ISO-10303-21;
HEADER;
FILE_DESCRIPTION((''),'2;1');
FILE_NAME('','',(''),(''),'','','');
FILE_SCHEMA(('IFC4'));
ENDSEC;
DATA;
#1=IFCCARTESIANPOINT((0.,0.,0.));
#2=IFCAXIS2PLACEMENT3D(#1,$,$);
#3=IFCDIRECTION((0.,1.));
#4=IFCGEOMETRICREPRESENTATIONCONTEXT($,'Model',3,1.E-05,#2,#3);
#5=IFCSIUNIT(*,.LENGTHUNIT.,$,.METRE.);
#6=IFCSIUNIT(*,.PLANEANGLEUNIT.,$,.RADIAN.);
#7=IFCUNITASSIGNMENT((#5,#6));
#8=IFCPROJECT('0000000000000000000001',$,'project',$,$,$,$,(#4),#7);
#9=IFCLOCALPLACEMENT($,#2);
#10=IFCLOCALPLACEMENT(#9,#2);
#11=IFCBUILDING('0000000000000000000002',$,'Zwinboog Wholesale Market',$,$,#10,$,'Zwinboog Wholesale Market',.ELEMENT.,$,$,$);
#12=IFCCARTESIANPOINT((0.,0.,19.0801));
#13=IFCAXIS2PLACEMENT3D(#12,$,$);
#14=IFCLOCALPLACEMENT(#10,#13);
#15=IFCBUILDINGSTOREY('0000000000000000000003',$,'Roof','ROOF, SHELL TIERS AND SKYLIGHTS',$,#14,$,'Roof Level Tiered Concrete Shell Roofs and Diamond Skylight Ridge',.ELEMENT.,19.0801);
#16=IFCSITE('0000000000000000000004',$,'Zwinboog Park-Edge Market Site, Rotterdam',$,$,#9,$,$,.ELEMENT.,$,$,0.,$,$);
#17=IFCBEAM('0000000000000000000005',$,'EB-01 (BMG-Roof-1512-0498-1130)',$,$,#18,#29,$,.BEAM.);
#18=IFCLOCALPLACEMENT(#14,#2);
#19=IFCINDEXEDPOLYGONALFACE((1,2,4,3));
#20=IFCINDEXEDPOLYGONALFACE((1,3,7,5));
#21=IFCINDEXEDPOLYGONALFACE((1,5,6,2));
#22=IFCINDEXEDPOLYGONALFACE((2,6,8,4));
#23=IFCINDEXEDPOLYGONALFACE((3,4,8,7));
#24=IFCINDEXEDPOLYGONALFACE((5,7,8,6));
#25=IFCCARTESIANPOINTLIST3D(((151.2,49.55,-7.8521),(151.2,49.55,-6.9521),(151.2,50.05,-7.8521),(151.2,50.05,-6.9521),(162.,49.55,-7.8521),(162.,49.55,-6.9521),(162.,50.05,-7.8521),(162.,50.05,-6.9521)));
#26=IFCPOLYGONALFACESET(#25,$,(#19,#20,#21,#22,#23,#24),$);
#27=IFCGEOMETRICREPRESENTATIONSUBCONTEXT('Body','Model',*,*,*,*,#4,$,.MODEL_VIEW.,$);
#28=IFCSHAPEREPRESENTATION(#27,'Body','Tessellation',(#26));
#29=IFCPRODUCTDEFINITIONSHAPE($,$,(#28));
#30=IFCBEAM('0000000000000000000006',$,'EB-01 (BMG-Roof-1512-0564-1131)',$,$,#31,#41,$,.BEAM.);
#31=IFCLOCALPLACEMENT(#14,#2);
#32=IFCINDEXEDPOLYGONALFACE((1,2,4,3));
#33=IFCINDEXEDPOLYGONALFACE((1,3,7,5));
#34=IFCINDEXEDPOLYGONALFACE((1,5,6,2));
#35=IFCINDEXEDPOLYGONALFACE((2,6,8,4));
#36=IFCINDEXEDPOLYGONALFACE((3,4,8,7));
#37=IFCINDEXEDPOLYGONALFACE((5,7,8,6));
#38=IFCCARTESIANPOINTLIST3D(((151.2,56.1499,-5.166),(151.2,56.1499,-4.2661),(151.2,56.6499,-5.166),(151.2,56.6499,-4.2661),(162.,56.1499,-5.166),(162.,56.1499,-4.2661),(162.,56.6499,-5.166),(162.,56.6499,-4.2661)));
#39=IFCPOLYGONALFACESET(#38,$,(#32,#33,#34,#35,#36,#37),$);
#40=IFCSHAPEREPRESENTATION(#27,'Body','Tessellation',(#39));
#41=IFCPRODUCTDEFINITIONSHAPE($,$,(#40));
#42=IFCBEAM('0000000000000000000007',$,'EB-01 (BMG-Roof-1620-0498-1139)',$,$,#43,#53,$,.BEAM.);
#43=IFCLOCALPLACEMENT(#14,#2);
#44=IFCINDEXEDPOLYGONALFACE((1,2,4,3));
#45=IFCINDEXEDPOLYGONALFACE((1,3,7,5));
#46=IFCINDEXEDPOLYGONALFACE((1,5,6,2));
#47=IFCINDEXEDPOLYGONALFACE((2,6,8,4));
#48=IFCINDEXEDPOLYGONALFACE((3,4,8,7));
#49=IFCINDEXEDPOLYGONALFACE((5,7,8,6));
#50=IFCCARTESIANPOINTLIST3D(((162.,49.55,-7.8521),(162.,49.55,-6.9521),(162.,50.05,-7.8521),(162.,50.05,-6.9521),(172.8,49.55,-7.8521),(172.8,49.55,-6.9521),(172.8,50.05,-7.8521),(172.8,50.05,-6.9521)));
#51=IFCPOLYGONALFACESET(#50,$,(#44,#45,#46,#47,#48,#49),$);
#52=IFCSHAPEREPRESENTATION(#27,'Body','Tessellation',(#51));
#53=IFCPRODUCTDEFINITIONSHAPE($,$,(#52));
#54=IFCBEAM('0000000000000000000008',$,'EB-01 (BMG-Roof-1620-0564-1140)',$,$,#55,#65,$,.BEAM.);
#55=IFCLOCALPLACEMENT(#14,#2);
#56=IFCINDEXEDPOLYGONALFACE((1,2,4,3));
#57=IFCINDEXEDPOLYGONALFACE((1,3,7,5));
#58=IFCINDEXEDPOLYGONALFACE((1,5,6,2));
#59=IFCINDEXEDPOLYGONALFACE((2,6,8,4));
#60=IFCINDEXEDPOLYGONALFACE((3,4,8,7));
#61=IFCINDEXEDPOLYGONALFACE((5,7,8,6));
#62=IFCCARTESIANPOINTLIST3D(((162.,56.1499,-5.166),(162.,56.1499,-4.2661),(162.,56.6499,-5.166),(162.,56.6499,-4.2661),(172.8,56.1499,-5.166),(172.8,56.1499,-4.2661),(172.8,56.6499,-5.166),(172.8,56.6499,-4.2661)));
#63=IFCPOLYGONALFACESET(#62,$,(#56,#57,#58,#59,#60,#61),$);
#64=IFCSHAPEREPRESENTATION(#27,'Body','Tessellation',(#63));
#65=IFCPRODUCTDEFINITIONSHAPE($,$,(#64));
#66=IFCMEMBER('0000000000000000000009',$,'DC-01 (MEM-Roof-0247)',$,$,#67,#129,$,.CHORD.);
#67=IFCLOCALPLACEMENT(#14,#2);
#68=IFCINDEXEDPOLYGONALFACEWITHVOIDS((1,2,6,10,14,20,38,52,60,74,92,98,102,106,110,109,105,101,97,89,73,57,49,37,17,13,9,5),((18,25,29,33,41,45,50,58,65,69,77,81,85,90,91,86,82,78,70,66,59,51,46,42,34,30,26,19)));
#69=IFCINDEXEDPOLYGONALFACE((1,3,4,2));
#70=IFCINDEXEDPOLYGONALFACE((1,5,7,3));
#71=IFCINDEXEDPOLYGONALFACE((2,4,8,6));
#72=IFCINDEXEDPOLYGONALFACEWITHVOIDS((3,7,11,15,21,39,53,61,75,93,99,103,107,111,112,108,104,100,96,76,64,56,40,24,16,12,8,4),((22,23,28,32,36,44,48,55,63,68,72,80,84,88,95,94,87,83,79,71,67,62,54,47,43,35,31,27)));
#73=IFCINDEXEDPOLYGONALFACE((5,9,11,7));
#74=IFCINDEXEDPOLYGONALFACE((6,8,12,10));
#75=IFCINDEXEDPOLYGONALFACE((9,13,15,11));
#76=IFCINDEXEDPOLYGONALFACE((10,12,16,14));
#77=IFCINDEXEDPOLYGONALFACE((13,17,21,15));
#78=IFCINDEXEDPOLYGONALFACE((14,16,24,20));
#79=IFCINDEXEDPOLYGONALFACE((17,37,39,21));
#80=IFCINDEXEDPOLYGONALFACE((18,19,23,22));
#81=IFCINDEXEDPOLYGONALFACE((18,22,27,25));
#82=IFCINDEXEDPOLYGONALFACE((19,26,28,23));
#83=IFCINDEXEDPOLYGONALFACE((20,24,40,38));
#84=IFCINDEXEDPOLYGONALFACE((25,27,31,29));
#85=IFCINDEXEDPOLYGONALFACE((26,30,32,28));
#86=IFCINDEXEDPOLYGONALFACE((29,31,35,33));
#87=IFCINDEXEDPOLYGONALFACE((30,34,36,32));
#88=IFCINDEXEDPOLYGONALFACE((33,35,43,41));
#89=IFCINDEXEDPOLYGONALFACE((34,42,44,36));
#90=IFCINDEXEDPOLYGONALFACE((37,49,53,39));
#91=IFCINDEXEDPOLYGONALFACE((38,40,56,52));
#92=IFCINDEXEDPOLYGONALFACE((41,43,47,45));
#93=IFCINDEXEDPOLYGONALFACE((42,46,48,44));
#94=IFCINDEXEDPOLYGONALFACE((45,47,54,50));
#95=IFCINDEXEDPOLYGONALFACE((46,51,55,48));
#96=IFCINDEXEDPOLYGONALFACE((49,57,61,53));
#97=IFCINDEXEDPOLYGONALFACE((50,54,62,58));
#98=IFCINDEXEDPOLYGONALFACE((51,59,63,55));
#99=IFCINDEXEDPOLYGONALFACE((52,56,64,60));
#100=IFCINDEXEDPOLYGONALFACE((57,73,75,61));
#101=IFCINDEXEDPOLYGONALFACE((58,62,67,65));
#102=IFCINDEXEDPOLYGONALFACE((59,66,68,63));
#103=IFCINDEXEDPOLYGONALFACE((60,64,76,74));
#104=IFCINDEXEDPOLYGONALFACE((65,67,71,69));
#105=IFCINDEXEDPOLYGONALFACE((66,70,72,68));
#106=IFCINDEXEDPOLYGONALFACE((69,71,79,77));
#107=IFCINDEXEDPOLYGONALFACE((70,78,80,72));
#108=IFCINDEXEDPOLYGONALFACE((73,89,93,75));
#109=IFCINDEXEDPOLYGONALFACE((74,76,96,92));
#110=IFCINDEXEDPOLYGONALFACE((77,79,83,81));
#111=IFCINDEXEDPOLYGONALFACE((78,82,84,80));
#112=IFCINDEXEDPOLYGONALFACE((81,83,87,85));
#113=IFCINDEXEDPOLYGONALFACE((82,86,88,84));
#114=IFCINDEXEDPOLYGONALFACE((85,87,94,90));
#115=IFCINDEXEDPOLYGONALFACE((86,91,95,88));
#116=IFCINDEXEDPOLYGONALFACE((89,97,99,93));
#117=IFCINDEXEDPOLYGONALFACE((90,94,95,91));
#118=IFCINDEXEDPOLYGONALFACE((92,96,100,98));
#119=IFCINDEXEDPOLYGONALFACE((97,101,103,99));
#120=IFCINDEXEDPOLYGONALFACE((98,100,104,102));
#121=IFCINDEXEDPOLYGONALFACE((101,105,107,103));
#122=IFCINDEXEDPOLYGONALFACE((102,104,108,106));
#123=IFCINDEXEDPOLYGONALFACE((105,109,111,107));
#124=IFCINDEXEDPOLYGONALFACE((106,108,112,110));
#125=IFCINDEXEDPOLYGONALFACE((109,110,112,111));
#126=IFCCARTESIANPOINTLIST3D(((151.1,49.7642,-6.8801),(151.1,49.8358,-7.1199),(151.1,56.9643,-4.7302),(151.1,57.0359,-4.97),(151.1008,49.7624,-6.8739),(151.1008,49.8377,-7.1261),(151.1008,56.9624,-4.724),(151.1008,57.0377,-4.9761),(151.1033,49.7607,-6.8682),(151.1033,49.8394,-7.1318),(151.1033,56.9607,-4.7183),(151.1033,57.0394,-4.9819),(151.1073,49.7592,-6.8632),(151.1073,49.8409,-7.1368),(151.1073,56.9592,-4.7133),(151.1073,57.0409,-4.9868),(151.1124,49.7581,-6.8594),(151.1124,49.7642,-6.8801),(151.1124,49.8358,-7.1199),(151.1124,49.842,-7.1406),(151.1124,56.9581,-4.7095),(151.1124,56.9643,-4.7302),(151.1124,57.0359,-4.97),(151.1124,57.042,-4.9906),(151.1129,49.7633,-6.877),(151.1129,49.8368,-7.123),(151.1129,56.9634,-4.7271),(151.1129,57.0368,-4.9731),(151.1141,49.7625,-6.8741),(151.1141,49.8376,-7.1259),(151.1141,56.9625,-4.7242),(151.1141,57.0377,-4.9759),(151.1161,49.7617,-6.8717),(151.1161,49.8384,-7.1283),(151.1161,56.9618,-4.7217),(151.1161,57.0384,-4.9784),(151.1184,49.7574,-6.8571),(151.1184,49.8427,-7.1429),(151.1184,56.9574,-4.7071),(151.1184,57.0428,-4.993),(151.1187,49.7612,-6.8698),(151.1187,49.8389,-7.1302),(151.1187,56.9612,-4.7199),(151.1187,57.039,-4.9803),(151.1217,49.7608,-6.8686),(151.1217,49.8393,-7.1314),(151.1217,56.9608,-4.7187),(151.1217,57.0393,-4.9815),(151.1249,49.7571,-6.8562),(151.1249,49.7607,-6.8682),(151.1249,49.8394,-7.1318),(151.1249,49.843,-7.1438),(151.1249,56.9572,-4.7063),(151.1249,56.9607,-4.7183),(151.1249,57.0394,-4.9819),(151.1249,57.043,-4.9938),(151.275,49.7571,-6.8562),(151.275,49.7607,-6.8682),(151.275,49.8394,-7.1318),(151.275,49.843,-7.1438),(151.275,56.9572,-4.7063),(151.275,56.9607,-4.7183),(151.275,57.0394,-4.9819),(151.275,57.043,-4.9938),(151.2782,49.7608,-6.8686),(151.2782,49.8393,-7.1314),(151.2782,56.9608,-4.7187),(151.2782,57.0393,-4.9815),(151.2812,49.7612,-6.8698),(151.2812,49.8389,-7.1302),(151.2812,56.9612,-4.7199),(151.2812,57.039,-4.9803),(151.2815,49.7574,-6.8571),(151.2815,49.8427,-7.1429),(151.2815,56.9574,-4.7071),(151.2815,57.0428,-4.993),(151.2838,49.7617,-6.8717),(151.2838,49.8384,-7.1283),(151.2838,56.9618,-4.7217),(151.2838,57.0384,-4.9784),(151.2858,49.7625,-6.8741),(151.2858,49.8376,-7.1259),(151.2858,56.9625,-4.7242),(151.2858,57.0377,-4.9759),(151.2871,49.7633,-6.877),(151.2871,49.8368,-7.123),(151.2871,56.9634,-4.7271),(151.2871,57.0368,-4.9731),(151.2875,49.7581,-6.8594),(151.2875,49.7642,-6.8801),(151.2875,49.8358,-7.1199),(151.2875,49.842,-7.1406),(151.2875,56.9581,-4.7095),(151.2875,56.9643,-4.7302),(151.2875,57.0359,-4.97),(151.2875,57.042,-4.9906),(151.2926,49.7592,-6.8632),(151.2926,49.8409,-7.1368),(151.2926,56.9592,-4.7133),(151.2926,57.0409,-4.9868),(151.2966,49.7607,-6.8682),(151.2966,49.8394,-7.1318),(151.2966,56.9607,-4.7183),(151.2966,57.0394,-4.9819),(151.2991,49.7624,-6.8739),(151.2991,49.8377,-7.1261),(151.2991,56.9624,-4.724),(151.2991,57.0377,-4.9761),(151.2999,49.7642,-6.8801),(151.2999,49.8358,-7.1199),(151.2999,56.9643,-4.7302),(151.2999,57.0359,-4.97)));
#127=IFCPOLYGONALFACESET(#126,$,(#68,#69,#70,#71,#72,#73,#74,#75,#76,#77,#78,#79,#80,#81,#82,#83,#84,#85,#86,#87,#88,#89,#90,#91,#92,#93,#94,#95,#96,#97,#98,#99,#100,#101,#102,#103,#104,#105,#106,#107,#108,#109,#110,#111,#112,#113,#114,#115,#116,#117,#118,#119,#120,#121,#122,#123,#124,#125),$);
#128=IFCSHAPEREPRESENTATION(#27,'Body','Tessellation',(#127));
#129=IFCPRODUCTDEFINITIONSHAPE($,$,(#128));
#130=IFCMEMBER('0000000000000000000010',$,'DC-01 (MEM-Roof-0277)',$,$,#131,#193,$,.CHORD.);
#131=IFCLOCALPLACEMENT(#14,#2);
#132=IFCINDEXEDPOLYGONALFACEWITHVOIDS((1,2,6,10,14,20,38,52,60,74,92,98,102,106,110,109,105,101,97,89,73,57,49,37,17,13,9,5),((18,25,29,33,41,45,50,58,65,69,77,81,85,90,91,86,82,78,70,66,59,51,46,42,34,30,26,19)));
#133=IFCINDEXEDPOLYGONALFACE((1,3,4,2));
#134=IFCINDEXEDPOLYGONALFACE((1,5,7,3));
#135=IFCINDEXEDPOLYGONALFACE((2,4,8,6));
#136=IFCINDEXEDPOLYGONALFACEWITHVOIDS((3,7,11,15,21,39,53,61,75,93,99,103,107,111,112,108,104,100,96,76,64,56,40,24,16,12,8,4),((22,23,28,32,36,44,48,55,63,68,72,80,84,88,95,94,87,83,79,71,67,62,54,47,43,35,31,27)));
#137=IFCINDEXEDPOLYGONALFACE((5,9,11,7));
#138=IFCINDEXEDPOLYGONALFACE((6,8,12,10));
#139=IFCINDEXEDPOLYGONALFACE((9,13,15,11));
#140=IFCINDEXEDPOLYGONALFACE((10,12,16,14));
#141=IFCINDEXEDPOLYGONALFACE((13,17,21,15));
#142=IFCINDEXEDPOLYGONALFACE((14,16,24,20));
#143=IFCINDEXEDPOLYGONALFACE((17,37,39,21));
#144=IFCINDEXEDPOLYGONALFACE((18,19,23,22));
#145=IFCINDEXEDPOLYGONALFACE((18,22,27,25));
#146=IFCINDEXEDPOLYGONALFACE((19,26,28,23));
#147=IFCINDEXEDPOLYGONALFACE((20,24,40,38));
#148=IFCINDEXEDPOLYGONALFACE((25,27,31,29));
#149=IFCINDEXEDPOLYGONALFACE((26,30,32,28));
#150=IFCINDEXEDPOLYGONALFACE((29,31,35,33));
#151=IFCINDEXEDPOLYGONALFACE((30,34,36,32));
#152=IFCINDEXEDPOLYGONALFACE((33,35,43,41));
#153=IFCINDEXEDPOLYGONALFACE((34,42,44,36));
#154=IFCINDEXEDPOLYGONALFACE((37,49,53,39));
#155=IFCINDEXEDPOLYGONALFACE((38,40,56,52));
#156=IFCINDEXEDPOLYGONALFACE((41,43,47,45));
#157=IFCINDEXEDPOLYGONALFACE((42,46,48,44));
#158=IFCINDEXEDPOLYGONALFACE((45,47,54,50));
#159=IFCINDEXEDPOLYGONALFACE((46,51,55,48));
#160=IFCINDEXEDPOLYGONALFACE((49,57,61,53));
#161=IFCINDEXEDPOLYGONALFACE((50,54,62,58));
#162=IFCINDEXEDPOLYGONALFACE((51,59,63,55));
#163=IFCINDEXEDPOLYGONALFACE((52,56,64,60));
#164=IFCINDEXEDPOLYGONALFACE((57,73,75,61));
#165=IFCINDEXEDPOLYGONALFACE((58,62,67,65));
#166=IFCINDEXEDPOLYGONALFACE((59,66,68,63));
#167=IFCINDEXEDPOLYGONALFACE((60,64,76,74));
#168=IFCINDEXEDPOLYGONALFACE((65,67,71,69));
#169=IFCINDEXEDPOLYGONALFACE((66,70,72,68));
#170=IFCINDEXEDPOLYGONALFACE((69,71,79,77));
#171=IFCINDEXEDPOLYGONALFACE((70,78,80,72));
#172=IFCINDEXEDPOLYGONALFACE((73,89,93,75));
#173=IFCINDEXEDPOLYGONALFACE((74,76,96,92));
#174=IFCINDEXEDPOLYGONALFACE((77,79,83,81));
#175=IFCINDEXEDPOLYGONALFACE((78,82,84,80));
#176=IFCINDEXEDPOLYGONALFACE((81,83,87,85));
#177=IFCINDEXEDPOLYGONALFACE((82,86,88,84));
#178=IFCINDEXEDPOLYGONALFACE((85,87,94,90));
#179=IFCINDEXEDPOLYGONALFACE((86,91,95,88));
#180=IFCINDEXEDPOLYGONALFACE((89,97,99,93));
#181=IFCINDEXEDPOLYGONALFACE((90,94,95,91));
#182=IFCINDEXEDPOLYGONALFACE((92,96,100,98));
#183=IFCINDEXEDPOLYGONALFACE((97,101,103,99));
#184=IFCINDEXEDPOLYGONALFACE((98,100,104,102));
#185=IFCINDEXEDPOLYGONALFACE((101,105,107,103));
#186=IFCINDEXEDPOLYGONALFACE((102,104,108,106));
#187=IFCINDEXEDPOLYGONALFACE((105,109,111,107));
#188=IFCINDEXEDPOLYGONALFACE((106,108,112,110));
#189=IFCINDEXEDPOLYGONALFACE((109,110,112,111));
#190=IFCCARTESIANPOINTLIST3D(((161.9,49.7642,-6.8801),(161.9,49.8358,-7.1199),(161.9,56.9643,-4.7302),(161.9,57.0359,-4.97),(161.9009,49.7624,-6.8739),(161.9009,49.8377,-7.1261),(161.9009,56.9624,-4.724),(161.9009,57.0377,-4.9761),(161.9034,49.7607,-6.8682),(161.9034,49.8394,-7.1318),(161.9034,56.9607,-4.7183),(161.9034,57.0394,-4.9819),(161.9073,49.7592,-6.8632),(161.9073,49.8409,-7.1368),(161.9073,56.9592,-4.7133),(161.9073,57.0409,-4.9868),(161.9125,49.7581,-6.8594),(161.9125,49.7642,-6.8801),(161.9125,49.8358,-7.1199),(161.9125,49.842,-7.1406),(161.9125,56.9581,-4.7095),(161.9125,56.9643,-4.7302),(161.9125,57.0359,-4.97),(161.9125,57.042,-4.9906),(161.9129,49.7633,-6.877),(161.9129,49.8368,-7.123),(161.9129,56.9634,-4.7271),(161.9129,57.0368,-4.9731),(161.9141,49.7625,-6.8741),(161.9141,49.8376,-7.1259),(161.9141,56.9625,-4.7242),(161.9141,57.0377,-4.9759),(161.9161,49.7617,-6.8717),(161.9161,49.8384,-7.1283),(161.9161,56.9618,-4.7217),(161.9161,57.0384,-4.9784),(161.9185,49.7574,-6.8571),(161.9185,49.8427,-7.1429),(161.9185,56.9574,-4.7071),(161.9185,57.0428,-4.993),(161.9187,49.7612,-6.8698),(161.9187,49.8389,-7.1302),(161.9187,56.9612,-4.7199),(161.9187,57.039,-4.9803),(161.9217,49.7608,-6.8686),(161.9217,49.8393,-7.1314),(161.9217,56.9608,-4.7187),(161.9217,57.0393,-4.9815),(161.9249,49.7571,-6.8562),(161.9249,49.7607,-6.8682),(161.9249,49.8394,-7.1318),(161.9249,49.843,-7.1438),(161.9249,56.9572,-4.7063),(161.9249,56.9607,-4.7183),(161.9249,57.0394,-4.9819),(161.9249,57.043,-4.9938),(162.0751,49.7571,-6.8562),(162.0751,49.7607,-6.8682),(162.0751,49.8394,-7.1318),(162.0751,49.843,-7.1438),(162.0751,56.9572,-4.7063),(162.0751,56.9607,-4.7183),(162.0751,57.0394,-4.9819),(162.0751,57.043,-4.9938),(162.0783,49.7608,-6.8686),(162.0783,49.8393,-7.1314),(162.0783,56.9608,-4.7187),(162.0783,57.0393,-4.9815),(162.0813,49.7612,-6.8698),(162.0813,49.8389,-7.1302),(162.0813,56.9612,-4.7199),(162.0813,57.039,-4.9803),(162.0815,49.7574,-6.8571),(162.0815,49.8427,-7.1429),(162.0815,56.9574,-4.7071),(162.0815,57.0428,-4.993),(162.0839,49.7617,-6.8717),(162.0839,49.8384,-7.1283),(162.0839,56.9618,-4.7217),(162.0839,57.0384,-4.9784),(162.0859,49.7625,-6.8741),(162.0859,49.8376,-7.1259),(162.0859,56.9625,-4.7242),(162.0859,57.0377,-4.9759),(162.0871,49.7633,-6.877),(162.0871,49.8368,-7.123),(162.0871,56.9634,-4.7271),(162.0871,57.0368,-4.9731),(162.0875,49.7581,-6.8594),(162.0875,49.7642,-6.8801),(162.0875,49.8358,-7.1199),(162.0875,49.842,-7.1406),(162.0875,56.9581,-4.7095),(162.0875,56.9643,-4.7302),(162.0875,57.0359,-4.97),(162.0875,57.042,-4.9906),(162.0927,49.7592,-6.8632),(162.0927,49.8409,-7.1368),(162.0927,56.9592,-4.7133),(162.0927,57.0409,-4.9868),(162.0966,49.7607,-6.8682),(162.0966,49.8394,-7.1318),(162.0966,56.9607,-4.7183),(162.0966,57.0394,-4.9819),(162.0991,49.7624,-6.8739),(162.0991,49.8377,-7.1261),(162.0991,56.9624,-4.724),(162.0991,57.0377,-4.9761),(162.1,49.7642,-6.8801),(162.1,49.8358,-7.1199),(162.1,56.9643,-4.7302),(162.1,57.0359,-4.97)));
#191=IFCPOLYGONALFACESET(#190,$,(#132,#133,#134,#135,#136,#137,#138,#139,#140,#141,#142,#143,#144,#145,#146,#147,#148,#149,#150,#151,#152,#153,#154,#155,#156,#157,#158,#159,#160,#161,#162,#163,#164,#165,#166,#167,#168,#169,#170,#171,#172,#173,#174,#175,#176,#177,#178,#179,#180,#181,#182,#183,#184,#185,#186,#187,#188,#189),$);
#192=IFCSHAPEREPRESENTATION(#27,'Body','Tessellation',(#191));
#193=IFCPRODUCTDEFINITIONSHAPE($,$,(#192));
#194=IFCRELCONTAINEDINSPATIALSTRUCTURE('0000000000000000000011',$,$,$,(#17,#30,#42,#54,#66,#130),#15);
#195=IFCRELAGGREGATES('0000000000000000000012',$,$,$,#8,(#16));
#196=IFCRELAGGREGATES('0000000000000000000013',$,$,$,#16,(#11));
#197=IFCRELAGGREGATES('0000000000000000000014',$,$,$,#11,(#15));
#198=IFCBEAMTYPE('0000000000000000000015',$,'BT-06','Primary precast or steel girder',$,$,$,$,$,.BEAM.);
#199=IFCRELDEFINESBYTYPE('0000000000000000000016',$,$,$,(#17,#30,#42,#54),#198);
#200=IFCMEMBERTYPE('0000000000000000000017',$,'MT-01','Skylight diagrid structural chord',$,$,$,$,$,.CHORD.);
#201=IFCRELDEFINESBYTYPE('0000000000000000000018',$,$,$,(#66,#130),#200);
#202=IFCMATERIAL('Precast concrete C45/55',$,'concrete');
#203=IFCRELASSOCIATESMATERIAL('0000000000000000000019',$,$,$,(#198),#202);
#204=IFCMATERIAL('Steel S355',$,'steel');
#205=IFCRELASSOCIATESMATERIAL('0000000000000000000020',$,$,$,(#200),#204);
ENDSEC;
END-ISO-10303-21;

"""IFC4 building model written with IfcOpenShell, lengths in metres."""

from ifc_helpers import new_model, si_unit, direction, frame, origin, origin_2d, place, context, subcontext, project, spatial, rectangle, hollow_rectangle, extrude, material, material_profile, profile_set, type_object, element, save


model = new_model("IFC4")

# Units and contexts
model_context = context("Model", 3, precision=1e-05, world=origin(), true_north=direction((0.0, 1.0)))
body_context = subcontext(model_context, "Body", "Model", "MODEL_VIEW")
ifc_project = project(units=[si_unit("LENGTHUNIT", "METRE"), si_unit("PLANEANGLEUNIT", "RADIAN")], contexts=[model_context])

# Site, building, storey
site_placement = place(None, origin())
site = spatial("IfcSite", under=ifc_project, at=site_placement, Name="Zwinboog Park-Edge Market Site, Rotterdam", CompositionType="ELEMENT", RefElevation=0.0)
building_placement = place(site_placement, origin())
building = spatial("IfcBuilding", under=site, at=building_placement, Name="Zwinboog Wholesale Market", LongName="Zwinboog Wholesale Market", CompositionType="ELEMENT")
storey_placement = place(building_placement, frame((0.0, 0.0, 19.0801)))
storey = spatial("IfcBuildingStorey", under=building, at=storey_placement, Name="Roof", Description="ROOF, SHELL TIERS AND SKYLIGHTS", LongName="Roof Level Tiered Concrete Shell Roofs and Diamond Skylight Ridge", CompositionType="ELEMENT", Elevation=19.0801)

# Beams
ifc_material_1 = material(Name="Precast concrete C45/55", Category="concrete")
ifc_material_profile_1 = material_profile(ifc_material_1, rectangle(XDim=0.5, YDim=0.8999, at=origin_2d()), Name="PC 500x900")
ifc_profile_set_1 = profile_set([ifc_material_profile_1], Name="Precast concrete C45/55")
beam_type = type_object("IfcBeamType", Name="BT-06", Description="Primary precast or steel girder", PredefinedType="BEAM", material=ifc_profile_set_1)
for number, where, z_axis, x_axis, name in (
    (1, (151.2, 49.8, -7.4021), (1.0, 0.0, 0.0), (0.0, 1.0, 0.0), "EB-01 (BMG-Roof-1512-0498-1130)"),
    (2, (151.2, 56.3999, -4.7161), (1.0, 0.0, 0.0), (0.0, 1.0, 0.0), "EB-01 (BMG-Roof-1512-0564-1131)"),
    (3, (162.0, 49.8, -7.4021), (1.0, 0.0, 0.0), (0.0, 1.0, 0.0), "EB-01 (BMG-Roof-1620-0498-1139)"),
    (4, (162.0, 56.3999, -4.7161), (1.0, 0.0, 0.0), (0.0, 1.0, 0.0), "EB-01 (BMG-Roof-1620-0564-1140)"),
):
    element("IfcBeam", number, at=place(storey_placement, frame(where, z_axis=z_axis, x_axis=x_axis)), inside=storey, type_object=beam_type, Name=name, PredefinedType="BEAM", context=body_context, shape_type="SweptSolid", body=[
        extrude(rectangle(XDim=0.5, YDim=0.8999, at=origin_2d()), origin(), (0.0, 0.0, 1.0), 10.8),
    ])

# Members
ifc_material_2 = material(Name="Steel S355", Category="steel")
ifc_material_profile_2 = material_profile(ifc_material_2, hollow_rectangle(XDim=0.2, YDim=0.3, WallThickness=0.0125, InnerFilletRadius=0.0125, OuterFilletRadius=0.0249, at=origin_2d()), Name="RHS 300x200x12.5")
ifc_profile_set_2 = profile_set([ifc_material_profile_2], Name="Steel S355")
member_type_1 = type_object("IfcMemberType", Name="MT-01", Description="Skylight diagrid structural chord", PredefinedType="CHORD", material=ifc_profile_set_2)
for number, where, z_axis, x_axis, name in (
    (5, (151.2, 49.8, -7.0), (0.0, 0.958195, 0.286117), (-1.0, 0.0, 0.0), "DC-01 (MEM-Roof-0247)"),
    (6, (162.0, 49.8, -7.0), (0.0, 0.958195, 0.286117), (-1.0, 0.0, 0.0), "DC-01 (MEM-Roof-0277)"),
):
    element("IfcMember", number, at=place(storey_placement, frame(where, z_axis=z_axis, x_axis=x_axis)), inside=storey, type_object=member_type_1, Name=name, PredefinedType="CHORD", context=body_context, shape_type="SweptSolid", body=[
        extrude(hollow_rectangle(XDim=0.2, YDim=0.3, WallThickness=0.0125, InnerFilletRadius=0.0125, OuterFilletRadius=0.0249, at=origin_2d()), origin(), (0.0, 0.0, 1.0), 7.5142),
    ])

save(model, "model.ifc")
